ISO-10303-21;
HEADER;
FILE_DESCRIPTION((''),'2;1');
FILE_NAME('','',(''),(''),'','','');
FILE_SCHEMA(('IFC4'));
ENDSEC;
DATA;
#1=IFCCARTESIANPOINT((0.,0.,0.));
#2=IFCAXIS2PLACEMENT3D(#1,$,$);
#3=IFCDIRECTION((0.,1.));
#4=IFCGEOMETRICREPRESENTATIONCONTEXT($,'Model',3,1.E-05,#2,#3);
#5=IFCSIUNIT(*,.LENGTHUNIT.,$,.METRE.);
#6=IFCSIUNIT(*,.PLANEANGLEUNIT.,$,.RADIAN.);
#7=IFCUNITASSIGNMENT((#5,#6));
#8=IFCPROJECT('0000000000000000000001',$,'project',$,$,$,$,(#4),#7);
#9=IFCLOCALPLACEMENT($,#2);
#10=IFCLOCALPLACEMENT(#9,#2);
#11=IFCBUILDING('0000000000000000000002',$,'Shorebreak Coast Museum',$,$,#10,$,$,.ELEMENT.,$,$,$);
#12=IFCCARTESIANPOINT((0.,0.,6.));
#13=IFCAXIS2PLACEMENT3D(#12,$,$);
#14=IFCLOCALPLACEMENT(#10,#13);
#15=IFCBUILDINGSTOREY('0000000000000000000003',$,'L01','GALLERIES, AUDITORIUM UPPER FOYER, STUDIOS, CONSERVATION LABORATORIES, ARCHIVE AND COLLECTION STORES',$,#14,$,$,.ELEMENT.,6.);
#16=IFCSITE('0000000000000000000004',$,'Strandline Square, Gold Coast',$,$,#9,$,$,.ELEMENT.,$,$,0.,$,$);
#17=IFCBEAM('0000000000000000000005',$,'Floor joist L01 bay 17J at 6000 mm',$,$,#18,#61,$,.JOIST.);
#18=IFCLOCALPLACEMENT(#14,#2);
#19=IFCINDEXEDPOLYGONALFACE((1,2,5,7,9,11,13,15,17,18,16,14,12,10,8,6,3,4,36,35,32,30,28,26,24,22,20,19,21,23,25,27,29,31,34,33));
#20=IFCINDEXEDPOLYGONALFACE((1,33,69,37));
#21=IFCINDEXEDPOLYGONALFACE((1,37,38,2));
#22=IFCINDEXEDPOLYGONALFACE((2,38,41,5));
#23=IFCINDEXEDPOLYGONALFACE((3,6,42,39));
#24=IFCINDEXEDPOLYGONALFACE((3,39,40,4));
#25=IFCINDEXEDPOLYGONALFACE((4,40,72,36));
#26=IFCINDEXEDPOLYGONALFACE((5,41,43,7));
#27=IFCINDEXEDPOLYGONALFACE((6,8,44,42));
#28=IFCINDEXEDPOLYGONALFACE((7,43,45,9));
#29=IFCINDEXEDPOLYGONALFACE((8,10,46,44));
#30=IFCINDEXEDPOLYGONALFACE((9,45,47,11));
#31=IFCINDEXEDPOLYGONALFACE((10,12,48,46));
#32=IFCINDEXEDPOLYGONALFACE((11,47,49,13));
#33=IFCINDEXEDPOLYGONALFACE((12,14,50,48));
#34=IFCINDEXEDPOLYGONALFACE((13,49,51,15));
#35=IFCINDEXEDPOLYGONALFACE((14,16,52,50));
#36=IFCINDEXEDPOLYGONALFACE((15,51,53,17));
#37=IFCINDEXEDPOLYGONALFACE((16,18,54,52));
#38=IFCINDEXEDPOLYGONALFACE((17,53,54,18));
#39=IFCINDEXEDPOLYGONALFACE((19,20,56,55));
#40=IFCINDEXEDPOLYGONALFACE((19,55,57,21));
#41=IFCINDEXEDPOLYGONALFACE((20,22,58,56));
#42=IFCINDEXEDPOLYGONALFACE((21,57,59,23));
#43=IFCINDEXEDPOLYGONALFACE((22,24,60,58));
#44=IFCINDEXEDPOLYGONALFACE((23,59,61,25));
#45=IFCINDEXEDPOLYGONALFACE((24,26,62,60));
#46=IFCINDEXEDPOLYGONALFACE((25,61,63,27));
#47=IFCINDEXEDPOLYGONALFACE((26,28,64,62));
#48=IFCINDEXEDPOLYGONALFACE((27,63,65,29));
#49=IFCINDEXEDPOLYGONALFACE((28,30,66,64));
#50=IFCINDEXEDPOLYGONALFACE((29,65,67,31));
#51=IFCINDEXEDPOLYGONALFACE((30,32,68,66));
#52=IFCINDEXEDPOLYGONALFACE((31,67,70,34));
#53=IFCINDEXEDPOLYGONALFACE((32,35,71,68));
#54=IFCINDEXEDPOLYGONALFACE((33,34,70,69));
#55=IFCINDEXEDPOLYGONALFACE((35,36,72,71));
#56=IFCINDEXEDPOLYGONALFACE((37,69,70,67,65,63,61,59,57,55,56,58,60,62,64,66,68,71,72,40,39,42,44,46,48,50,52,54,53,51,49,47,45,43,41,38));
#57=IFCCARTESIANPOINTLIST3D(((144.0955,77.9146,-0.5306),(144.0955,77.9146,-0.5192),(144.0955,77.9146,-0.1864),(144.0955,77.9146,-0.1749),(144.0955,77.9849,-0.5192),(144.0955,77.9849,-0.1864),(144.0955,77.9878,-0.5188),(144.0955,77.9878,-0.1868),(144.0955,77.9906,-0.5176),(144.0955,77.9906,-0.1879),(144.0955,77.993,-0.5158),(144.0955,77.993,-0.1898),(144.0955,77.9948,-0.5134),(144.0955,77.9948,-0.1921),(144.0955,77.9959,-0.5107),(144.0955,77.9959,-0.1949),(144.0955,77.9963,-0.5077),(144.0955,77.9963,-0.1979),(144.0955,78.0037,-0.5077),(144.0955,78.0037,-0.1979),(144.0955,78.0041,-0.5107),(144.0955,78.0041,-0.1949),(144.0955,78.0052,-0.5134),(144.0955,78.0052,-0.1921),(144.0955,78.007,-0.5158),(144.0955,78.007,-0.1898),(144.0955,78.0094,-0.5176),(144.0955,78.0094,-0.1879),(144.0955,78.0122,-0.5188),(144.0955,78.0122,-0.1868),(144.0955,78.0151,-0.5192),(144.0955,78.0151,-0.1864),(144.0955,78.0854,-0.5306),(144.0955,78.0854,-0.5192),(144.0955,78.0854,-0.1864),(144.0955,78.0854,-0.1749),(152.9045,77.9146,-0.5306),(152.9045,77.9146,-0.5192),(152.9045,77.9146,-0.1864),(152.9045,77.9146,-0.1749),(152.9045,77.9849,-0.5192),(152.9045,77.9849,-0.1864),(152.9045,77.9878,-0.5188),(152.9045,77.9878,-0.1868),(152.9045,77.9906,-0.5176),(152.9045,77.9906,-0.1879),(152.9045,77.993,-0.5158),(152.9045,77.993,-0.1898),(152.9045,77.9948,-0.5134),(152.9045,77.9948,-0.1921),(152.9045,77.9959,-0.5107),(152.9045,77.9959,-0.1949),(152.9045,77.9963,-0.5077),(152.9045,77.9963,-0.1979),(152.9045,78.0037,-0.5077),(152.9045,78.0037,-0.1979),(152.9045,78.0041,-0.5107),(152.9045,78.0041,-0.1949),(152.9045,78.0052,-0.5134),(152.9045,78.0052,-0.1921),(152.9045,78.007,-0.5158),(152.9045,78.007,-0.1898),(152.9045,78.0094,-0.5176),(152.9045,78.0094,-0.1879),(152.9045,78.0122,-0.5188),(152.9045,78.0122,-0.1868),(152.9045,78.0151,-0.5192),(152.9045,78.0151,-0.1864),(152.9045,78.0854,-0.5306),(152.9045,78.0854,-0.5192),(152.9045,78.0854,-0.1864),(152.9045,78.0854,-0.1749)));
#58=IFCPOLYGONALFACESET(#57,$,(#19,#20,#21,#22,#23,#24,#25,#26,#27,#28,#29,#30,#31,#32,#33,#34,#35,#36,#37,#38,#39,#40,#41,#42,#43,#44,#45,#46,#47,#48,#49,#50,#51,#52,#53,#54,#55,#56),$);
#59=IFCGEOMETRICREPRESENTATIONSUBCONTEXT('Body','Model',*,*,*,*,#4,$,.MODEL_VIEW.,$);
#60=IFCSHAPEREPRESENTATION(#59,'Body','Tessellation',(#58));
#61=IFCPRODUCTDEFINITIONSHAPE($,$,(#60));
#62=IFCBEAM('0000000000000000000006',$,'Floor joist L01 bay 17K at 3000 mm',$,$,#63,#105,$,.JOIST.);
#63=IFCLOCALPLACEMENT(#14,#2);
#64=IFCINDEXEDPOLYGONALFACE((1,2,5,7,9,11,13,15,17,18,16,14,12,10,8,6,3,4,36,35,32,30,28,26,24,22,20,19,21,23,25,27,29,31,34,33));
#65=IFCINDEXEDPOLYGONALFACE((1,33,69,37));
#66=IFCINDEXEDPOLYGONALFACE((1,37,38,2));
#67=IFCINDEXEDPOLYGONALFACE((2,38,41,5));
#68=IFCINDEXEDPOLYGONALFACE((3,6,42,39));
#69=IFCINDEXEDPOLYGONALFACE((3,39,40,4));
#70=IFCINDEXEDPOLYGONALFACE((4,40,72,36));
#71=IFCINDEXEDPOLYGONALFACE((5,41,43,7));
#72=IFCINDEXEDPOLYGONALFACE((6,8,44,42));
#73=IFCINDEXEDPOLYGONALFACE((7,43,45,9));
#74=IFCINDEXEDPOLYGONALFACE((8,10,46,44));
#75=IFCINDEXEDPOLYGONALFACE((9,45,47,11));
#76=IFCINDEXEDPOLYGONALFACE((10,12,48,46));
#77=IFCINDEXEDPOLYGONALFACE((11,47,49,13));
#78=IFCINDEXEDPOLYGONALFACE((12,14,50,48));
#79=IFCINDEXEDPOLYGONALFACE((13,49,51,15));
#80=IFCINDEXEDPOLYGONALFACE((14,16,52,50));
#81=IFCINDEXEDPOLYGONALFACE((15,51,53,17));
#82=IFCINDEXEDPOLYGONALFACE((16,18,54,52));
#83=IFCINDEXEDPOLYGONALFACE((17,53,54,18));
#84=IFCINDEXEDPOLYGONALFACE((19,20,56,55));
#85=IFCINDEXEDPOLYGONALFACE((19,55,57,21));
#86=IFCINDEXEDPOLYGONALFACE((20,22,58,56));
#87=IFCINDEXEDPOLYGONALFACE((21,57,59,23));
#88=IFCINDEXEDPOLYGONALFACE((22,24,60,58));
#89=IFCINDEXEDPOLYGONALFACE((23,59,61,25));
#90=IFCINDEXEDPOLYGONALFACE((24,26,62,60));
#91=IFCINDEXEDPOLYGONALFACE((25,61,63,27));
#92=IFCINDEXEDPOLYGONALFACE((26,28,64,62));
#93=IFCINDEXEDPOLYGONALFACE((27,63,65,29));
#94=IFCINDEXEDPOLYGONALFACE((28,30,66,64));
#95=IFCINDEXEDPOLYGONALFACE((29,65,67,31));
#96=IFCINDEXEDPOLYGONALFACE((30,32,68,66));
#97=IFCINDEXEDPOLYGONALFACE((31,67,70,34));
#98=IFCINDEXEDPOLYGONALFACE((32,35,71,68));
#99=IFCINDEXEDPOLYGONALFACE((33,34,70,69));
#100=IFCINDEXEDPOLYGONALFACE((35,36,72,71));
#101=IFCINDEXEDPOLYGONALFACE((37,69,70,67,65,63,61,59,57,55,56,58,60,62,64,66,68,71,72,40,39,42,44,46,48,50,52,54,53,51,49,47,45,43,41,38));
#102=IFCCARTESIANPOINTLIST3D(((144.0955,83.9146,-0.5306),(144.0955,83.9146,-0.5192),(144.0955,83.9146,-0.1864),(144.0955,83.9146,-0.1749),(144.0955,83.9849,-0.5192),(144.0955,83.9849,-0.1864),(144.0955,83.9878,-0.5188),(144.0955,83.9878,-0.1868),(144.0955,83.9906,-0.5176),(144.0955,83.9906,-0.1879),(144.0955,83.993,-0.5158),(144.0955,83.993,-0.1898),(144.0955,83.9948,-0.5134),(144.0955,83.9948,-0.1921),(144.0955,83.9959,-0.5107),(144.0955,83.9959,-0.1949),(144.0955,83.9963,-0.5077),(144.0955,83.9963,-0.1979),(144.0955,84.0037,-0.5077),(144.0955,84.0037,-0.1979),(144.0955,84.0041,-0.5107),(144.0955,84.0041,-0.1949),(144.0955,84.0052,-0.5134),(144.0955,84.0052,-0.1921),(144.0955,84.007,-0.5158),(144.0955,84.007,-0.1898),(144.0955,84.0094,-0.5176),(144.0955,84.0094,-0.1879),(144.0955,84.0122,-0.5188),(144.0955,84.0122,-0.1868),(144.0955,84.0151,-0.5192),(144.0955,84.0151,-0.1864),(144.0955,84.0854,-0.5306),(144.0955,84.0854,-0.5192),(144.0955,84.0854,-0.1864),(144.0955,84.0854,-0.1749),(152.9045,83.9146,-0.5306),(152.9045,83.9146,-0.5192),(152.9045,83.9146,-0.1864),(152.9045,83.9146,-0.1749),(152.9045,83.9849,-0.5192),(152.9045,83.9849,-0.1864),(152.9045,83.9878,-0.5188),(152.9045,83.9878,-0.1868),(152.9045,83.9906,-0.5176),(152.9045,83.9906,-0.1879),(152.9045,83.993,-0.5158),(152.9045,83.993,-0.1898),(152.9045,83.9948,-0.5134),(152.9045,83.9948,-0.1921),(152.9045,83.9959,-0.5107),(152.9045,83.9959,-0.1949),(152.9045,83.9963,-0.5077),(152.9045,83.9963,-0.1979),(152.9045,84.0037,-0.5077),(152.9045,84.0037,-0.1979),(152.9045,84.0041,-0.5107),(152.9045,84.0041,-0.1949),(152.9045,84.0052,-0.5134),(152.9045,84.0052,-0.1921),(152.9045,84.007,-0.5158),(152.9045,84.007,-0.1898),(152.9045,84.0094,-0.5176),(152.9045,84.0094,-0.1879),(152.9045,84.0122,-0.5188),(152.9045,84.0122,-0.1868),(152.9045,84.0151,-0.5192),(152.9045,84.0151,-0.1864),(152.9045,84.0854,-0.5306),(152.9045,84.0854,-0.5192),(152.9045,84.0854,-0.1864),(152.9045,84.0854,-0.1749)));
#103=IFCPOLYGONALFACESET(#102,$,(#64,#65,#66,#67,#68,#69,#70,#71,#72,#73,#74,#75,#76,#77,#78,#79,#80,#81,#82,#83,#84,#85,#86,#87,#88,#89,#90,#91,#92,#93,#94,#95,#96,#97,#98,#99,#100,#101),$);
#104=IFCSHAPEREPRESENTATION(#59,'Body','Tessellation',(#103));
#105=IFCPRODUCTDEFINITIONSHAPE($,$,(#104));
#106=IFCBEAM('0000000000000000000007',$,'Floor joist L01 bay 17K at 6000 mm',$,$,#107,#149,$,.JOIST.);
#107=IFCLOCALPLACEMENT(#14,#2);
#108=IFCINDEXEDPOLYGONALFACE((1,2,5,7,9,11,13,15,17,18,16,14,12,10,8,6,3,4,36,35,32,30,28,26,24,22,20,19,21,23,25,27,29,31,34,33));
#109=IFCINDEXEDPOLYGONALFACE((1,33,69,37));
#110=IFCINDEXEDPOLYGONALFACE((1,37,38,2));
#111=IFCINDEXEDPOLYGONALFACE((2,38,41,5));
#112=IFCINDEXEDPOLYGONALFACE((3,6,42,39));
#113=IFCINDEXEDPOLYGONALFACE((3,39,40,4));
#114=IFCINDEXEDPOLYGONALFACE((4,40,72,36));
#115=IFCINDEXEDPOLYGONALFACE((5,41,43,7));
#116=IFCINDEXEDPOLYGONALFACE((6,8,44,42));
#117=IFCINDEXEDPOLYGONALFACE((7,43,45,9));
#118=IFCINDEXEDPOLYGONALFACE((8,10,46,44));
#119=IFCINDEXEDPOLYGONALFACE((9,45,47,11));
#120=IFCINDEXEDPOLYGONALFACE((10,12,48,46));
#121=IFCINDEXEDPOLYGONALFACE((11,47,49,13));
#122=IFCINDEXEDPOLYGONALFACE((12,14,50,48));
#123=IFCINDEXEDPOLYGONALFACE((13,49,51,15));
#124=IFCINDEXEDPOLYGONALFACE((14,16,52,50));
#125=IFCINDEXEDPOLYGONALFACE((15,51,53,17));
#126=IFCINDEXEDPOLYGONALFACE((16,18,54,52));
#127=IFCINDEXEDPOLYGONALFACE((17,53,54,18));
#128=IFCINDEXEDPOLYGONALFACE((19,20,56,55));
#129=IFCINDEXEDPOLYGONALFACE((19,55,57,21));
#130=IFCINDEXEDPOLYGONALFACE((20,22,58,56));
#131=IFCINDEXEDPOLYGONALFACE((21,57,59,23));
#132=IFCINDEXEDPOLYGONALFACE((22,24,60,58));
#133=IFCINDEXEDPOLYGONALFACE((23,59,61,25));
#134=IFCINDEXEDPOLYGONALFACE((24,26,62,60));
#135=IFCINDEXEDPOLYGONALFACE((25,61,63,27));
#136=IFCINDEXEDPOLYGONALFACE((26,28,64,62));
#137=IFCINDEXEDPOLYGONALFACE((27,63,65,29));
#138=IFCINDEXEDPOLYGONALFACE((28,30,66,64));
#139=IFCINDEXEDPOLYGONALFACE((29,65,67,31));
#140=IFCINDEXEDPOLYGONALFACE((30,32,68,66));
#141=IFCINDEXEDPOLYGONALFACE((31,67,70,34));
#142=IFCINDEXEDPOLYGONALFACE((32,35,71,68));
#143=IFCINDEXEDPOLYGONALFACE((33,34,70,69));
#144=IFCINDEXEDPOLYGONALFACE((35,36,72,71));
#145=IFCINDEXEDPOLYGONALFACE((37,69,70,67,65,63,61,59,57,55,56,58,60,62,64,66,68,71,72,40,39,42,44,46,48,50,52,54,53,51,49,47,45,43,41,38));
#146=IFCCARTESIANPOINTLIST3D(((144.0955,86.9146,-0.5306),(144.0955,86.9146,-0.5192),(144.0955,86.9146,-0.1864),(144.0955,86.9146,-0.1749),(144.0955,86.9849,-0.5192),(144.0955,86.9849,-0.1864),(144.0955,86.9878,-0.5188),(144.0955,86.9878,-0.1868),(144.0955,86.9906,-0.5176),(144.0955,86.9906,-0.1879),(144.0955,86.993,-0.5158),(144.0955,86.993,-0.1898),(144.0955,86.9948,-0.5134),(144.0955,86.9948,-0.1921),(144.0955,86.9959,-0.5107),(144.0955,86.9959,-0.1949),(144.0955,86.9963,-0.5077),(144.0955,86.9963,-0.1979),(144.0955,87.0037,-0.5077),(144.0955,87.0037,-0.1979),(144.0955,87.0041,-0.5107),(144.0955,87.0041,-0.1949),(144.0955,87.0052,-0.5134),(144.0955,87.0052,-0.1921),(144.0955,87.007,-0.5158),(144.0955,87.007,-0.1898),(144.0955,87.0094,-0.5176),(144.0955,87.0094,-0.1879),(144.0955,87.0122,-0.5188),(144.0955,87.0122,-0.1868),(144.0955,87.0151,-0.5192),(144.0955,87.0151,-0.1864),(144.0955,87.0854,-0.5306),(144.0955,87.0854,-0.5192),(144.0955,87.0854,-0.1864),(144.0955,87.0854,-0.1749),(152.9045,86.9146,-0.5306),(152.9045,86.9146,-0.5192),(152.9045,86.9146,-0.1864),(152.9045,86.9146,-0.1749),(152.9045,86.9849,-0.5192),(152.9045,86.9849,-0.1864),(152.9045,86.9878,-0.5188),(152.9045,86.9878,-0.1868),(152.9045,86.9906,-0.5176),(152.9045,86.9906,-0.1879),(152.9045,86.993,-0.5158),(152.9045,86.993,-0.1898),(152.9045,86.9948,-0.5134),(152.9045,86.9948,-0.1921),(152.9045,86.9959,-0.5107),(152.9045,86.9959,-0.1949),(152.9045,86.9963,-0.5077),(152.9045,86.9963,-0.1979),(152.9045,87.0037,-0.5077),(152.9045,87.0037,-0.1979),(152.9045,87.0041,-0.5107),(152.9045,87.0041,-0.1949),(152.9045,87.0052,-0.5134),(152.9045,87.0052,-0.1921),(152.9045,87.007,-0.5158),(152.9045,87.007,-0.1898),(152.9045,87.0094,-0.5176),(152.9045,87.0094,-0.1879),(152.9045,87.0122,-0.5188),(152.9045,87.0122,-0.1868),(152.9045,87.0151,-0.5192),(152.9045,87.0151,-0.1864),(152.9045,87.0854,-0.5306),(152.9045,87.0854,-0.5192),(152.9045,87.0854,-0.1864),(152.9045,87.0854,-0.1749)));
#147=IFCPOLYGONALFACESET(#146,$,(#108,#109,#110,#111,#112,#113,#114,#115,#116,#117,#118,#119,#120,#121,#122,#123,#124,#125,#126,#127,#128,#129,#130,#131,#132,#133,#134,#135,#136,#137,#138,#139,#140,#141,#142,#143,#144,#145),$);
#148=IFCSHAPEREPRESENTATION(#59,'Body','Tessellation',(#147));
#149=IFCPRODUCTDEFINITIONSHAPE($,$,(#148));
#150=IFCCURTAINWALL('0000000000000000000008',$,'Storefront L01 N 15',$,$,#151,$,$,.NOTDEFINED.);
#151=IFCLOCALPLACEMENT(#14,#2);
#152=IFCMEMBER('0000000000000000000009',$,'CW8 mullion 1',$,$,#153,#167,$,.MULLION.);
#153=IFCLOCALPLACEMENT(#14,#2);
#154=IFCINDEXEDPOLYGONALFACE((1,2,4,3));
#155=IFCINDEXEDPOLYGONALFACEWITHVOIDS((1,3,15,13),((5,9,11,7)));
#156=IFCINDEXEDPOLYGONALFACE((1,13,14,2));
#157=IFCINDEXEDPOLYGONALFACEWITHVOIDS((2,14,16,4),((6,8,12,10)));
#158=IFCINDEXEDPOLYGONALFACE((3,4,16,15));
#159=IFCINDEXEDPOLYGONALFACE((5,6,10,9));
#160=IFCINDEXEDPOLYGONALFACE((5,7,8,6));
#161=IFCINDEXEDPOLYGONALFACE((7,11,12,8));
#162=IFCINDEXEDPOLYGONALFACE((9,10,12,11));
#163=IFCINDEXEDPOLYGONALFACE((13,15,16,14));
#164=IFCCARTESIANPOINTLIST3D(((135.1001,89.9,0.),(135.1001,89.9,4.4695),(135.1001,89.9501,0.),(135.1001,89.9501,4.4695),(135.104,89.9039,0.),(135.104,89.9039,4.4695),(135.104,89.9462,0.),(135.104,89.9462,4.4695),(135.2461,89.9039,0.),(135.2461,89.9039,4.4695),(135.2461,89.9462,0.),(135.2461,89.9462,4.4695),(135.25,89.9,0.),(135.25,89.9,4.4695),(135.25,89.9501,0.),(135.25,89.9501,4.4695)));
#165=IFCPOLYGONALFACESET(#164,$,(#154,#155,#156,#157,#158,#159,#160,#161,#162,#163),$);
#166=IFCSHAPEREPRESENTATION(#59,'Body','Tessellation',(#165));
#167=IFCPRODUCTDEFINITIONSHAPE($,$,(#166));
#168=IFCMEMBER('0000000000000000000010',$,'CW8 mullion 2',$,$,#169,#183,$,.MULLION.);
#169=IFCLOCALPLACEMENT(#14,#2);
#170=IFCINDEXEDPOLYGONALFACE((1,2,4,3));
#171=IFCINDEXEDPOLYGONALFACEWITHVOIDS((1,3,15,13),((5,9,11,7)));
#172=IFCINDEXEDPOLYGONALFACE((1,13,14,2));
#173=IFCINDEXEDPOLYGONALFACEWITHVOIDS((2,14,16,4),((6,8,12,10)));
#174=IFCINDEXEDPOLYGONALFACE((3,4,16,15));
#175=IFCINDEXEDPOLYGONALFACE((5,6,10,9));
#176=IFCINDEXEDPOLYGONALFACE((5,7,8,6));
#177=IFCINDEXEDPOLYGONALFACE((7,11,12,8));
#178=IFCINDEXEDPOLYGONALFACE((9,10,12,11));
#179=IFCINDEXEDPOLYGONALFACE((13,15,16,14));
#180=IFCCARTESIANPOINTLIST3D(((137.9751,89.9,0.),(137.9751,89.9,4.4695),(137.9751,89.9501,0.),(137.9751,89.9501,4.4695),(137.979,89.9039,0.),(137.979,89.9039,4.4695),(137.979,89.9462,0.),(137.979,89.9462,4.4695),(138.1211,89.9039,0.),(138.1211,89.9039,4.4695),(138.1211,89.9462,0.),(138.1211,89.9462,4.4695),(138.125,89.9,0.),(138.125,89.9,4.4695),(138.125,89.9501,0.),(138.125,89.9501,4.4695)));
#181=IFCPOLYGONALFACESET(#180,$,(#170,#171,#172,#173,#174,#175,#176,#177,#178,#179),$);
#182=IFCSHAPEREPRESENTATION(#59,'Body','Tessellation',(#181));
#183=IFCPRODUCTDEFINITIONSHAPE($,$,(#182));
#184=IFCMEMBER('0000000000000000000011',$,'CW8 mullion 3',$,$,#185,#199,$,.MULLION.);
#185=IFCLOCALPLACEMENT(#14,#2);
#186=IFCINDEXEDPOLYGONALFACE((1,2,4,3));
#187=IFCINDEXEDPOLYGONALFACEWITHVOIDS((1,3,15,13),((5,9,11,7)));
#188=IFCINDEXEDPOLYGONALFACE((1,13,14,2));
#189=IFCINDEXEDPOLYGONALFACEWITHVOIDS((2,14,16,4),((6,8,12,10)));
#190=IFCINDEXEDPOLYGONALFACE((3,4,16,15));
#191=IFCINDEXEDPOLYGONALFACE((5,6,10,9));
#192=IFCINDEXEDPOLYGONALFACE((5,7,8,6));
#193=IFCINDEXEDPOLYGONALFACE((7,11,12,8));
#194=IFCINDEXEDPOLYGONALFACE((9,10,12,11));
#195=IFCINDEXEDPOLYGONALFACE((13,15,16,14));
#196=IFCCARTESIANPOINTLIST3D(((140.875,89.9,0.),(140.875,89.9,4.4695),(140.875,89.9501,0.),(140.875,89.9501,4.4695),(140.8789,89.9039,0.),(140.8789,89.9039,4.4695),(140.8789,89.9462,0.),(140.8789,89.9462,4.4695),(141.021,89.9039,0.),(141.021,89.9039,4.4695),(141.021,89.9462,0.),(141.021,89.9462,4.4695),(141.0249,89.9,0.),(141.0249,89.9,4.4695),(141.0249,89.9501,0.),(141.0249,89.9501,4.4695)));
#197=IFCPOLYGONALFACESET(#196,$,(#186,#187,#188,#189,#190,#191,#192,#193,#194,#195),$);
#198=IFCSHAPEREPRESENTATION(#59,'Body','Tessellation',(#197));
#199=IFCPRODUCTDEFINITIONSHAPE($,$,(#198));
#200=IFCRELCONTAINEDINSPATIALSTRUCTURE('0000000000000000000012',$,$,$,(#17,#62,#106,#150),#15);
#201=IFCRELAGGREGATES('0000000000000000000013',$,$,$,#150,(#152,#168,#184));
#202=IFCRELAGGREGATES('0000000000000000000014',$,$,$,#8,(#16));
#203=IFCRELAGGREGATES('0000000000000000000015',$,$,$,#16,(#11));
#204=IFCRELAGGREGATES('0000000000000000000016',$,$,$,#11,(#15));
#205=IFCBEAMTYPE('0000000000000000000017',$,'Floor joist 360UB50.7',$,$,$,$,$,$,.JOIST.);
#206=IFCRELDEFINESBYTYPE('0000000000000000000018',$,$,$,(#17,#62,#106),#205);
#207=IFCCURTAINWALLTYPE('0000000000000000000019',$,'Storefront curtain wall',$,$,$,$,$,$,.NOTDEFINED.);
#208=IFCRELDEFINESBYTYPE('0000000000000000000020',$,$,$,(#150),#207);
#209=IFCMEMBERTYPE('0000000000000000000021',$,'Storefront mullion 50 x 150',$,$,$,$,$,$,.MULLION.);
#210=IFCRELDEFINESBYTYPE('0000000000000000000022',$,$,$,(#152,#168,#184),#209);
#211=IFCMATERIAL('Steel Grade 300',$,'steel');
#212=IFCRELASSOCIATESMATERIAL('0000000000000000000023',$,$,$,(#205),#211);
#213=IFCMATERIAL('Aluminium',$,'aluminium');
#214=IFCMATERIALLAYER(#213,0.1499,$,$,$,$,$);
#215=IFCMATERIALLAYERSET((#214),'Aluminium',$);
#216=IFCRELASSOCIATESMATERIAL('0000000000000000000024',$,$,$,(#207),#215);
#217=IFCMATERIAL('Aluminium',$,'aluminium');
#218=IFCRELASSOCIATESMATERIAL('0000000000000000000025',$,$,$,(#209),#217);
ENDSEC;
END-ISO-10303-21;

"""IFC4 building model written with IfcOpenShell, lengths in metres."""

from ifc_helpers import new_model, si_unit, direction, frame, origin, origin_2d, place, context, subcontext, project, spatial, hollow_rectangle, i_section, extrude, material, layer, layer_set, material_profile, profile_set, type_object, element, aggregate, save


model = new_model("IFC4")

# Units and contexts
model_context = context("Model", 3, precision=1e-05, world=origin(), true_north=direction((0.0, 1.0)))
body_context = subcontext(model_context, "Body", "Model", "MODEL_VIEW")
ifc_project = project(units=[si_unit("LENGTHUNIT", "METRE"), si_unit("PLANEANGLEUNIT", "RADIAN")], contexts=[model_context])

# Site, building, storey
site_placement = place(None, origin())
site = spatial("IfcSite", under=ifc_project, at=site_placement, Name="Strandline Square, Gold Coast", CompositionType="ELEMENT", RefElevation=0.0)
building_placement = place(site_placement, origin())
building = spatial("IfcBuilding", under=site, at=building_placement, Name="Shorebreak Coast Museum", CompositionType="ELEMENT")
storey_placement = place(building_placement, frame((0.0, 0.0, 6.0)))
storey = spatial("IfcBuildingStorey", under=building, at=storey_placement, Name="L01", Description="GALLERIES, AUDITORIUM UPPER FOYER, STUDIOS, CONSERVATION LABORATORIES, ARCHIVE AND COLLECTION STORES", CompositionType="ELEMENT", Elevation=6.0)

# Beams
ifc_material_1 = material(Name="Steel Grade 300", Category="steel")
ifc_material_profile_1 = material_profile(ifc_material_1, i_section(OverallWidth=0.1709, OverallDepth=0.3557, WebThickness=0.0073, FlangeThickness=0.0115, FilletRadius=0.0115, at=origin_2d()), Name="360UB50.7")
ifc_profile_set_1 = profile_set([ifc_material_profile_1], Name="Steel Grade 300")
beam_type_1 = type_object("IfcBeamType", Name="Floor joist 360UB50.7", PredefinedType="JOIST", material=ifc_profile_set_1)
for number, where, z_axis, x_axis, name in (
    (1, (144.0955, 78.0, -0.3528), (1.0, 0.0, 0.0), (0.0, 1.0, 0.0), "Floor joist L01 bay 17J at 6000 mm"),
    (2, (144.0955, 84.0, -0.3528), (1.0, 0.0, 0.0), (0.0, 1.0, 0.0), "Floor joist L01 bay 17K at 3000 mm"),
    (3, (144.0955, 87.0, -0.3528), (1.0, 0.0, 0.0), (0.0, 1.0, 0.0), "Floor joist L01 bay 17K at 6000 mm"),
):
    element("IfcBeam", number, at=place(storey_placement, frame(where, z_axis=z_axis, x_axis=x_axis)), inside=storey, type_object=beam_type_1, Name=name, PredefinedType="JOIST", context=body_context, shape_type="SweptSolid", body=[
        extrude(i_section(OverallWidth=0.1709, OverallDepth=0.3557, WebThickness=0.0073, FlangeThickness=0.0115, FilletRadius=0.0115, at=origin_2d()), origin(), (0.0, 0.0, 1.0), 8.8091),
    ])

# Curtain wall, members
ifc_material_2 = material(Name="Aluminium", Category="aluminium")
ifc_layer_1 = layer(ifc_material_2, 0.1499)
ifc_layer_set_1 = layer_set([ifc_layer_1], Name="Aluminium")
curtain_wall_type = type_object("IfcCurtainWallType", Name="Storefront curtain wall", PredefinedType="NOTDEFINED", material=ifc_layer_set_1)
curtain_wall_placement = place(storey_placement, origin())
curtain_wall = element("IfcCurtainWall", 4, at=curtain_wall_placement, inside=storey, type_object=curtain_wall_type, Name="Storefront L01 N 15", PredefinedType="NOTDEFINED")
ifc_material_3 = material(Name="Aluminium", Category="aluminium")
ifc_material_profile_2 = material_profile(ifc_material_3, hollow_rectangle(XDim=0.05, YDim=0.1499, WallThickness=0.0039, at=origin_2d()), Name="AL 150x50 RHS")
ifc_profile_set_2 = profile_set([ifc_material_profile_2], Name="Aluminium")
member_type_1 = type_object("IfcMemberType", Name="Storefront mullion 50 x 150", PredefinedType="MULLION", material=ifc_profile_set_2)
member_1_placement = place(storey_placement, frame((135.175, 89.925, 0.0), z_axis=(0.0, 0.0, 1.0), x_axis=(0.0, 1.0, 0.0)))
member_1 = element("IfcMember", 5, at=member_1_placement, type_object=member_type_1, Name="CW8 mullion 1", PredefinedType="MULLION", context=body_context, shape_type="SweptSolid", body=[
    extrude(hollow_rectangle(XDim=0.05, YDim=0.1499, WallThickness=0.0039, at=origin_2d()), origin(), (0.0, 0.0, 1.0), 4.4695),
])
member_2_placement = place(storey_placement, frame((138.05, 89.925, 0.0), z_axis=(0.0, 0.0, 1.0), x_axis=(0.0, 1.0, 0.0)))
member_2 = element("IfcMember", 6, at=member_2_placement, type_object=member_type_1, Name="CW8 mullion 2", PredefinedType="MULLION", context=body_context, shape_type="SweptSolid", body=[
    extrude(hollow_rectangle(XDim=0.05, YDim=0.1499, WallThickness=0.0039, at=origin_2d()), origin(), (0.0, 0.0, 1.0), 4.4695),
])
member_3_placement = place(storey_placement, frame((140.95, 89.925, 0.0), z_axis=(0.0, 0.0, 1.0), x_axis=(0.0, 1.0, 0.0)))
member_3 = element("IfcMember", 7, at=member_3_placement, type_object=member_type_1, Name="CW8 mullion 3", PredefinedType="MULLION", context=body_context, shape_type="SweptSolid", body=[
    extrude(hollow_rectangle(XDim=0.05, YDim=0.1499, WallThickness=0.0039, at=origin_2d()), origin(), (0.0, 0.0, 1.0), 4.4695),
])
aggregate(curtain_wall, [member_1, member_2, member_3])

save(model, "model.ifc")
